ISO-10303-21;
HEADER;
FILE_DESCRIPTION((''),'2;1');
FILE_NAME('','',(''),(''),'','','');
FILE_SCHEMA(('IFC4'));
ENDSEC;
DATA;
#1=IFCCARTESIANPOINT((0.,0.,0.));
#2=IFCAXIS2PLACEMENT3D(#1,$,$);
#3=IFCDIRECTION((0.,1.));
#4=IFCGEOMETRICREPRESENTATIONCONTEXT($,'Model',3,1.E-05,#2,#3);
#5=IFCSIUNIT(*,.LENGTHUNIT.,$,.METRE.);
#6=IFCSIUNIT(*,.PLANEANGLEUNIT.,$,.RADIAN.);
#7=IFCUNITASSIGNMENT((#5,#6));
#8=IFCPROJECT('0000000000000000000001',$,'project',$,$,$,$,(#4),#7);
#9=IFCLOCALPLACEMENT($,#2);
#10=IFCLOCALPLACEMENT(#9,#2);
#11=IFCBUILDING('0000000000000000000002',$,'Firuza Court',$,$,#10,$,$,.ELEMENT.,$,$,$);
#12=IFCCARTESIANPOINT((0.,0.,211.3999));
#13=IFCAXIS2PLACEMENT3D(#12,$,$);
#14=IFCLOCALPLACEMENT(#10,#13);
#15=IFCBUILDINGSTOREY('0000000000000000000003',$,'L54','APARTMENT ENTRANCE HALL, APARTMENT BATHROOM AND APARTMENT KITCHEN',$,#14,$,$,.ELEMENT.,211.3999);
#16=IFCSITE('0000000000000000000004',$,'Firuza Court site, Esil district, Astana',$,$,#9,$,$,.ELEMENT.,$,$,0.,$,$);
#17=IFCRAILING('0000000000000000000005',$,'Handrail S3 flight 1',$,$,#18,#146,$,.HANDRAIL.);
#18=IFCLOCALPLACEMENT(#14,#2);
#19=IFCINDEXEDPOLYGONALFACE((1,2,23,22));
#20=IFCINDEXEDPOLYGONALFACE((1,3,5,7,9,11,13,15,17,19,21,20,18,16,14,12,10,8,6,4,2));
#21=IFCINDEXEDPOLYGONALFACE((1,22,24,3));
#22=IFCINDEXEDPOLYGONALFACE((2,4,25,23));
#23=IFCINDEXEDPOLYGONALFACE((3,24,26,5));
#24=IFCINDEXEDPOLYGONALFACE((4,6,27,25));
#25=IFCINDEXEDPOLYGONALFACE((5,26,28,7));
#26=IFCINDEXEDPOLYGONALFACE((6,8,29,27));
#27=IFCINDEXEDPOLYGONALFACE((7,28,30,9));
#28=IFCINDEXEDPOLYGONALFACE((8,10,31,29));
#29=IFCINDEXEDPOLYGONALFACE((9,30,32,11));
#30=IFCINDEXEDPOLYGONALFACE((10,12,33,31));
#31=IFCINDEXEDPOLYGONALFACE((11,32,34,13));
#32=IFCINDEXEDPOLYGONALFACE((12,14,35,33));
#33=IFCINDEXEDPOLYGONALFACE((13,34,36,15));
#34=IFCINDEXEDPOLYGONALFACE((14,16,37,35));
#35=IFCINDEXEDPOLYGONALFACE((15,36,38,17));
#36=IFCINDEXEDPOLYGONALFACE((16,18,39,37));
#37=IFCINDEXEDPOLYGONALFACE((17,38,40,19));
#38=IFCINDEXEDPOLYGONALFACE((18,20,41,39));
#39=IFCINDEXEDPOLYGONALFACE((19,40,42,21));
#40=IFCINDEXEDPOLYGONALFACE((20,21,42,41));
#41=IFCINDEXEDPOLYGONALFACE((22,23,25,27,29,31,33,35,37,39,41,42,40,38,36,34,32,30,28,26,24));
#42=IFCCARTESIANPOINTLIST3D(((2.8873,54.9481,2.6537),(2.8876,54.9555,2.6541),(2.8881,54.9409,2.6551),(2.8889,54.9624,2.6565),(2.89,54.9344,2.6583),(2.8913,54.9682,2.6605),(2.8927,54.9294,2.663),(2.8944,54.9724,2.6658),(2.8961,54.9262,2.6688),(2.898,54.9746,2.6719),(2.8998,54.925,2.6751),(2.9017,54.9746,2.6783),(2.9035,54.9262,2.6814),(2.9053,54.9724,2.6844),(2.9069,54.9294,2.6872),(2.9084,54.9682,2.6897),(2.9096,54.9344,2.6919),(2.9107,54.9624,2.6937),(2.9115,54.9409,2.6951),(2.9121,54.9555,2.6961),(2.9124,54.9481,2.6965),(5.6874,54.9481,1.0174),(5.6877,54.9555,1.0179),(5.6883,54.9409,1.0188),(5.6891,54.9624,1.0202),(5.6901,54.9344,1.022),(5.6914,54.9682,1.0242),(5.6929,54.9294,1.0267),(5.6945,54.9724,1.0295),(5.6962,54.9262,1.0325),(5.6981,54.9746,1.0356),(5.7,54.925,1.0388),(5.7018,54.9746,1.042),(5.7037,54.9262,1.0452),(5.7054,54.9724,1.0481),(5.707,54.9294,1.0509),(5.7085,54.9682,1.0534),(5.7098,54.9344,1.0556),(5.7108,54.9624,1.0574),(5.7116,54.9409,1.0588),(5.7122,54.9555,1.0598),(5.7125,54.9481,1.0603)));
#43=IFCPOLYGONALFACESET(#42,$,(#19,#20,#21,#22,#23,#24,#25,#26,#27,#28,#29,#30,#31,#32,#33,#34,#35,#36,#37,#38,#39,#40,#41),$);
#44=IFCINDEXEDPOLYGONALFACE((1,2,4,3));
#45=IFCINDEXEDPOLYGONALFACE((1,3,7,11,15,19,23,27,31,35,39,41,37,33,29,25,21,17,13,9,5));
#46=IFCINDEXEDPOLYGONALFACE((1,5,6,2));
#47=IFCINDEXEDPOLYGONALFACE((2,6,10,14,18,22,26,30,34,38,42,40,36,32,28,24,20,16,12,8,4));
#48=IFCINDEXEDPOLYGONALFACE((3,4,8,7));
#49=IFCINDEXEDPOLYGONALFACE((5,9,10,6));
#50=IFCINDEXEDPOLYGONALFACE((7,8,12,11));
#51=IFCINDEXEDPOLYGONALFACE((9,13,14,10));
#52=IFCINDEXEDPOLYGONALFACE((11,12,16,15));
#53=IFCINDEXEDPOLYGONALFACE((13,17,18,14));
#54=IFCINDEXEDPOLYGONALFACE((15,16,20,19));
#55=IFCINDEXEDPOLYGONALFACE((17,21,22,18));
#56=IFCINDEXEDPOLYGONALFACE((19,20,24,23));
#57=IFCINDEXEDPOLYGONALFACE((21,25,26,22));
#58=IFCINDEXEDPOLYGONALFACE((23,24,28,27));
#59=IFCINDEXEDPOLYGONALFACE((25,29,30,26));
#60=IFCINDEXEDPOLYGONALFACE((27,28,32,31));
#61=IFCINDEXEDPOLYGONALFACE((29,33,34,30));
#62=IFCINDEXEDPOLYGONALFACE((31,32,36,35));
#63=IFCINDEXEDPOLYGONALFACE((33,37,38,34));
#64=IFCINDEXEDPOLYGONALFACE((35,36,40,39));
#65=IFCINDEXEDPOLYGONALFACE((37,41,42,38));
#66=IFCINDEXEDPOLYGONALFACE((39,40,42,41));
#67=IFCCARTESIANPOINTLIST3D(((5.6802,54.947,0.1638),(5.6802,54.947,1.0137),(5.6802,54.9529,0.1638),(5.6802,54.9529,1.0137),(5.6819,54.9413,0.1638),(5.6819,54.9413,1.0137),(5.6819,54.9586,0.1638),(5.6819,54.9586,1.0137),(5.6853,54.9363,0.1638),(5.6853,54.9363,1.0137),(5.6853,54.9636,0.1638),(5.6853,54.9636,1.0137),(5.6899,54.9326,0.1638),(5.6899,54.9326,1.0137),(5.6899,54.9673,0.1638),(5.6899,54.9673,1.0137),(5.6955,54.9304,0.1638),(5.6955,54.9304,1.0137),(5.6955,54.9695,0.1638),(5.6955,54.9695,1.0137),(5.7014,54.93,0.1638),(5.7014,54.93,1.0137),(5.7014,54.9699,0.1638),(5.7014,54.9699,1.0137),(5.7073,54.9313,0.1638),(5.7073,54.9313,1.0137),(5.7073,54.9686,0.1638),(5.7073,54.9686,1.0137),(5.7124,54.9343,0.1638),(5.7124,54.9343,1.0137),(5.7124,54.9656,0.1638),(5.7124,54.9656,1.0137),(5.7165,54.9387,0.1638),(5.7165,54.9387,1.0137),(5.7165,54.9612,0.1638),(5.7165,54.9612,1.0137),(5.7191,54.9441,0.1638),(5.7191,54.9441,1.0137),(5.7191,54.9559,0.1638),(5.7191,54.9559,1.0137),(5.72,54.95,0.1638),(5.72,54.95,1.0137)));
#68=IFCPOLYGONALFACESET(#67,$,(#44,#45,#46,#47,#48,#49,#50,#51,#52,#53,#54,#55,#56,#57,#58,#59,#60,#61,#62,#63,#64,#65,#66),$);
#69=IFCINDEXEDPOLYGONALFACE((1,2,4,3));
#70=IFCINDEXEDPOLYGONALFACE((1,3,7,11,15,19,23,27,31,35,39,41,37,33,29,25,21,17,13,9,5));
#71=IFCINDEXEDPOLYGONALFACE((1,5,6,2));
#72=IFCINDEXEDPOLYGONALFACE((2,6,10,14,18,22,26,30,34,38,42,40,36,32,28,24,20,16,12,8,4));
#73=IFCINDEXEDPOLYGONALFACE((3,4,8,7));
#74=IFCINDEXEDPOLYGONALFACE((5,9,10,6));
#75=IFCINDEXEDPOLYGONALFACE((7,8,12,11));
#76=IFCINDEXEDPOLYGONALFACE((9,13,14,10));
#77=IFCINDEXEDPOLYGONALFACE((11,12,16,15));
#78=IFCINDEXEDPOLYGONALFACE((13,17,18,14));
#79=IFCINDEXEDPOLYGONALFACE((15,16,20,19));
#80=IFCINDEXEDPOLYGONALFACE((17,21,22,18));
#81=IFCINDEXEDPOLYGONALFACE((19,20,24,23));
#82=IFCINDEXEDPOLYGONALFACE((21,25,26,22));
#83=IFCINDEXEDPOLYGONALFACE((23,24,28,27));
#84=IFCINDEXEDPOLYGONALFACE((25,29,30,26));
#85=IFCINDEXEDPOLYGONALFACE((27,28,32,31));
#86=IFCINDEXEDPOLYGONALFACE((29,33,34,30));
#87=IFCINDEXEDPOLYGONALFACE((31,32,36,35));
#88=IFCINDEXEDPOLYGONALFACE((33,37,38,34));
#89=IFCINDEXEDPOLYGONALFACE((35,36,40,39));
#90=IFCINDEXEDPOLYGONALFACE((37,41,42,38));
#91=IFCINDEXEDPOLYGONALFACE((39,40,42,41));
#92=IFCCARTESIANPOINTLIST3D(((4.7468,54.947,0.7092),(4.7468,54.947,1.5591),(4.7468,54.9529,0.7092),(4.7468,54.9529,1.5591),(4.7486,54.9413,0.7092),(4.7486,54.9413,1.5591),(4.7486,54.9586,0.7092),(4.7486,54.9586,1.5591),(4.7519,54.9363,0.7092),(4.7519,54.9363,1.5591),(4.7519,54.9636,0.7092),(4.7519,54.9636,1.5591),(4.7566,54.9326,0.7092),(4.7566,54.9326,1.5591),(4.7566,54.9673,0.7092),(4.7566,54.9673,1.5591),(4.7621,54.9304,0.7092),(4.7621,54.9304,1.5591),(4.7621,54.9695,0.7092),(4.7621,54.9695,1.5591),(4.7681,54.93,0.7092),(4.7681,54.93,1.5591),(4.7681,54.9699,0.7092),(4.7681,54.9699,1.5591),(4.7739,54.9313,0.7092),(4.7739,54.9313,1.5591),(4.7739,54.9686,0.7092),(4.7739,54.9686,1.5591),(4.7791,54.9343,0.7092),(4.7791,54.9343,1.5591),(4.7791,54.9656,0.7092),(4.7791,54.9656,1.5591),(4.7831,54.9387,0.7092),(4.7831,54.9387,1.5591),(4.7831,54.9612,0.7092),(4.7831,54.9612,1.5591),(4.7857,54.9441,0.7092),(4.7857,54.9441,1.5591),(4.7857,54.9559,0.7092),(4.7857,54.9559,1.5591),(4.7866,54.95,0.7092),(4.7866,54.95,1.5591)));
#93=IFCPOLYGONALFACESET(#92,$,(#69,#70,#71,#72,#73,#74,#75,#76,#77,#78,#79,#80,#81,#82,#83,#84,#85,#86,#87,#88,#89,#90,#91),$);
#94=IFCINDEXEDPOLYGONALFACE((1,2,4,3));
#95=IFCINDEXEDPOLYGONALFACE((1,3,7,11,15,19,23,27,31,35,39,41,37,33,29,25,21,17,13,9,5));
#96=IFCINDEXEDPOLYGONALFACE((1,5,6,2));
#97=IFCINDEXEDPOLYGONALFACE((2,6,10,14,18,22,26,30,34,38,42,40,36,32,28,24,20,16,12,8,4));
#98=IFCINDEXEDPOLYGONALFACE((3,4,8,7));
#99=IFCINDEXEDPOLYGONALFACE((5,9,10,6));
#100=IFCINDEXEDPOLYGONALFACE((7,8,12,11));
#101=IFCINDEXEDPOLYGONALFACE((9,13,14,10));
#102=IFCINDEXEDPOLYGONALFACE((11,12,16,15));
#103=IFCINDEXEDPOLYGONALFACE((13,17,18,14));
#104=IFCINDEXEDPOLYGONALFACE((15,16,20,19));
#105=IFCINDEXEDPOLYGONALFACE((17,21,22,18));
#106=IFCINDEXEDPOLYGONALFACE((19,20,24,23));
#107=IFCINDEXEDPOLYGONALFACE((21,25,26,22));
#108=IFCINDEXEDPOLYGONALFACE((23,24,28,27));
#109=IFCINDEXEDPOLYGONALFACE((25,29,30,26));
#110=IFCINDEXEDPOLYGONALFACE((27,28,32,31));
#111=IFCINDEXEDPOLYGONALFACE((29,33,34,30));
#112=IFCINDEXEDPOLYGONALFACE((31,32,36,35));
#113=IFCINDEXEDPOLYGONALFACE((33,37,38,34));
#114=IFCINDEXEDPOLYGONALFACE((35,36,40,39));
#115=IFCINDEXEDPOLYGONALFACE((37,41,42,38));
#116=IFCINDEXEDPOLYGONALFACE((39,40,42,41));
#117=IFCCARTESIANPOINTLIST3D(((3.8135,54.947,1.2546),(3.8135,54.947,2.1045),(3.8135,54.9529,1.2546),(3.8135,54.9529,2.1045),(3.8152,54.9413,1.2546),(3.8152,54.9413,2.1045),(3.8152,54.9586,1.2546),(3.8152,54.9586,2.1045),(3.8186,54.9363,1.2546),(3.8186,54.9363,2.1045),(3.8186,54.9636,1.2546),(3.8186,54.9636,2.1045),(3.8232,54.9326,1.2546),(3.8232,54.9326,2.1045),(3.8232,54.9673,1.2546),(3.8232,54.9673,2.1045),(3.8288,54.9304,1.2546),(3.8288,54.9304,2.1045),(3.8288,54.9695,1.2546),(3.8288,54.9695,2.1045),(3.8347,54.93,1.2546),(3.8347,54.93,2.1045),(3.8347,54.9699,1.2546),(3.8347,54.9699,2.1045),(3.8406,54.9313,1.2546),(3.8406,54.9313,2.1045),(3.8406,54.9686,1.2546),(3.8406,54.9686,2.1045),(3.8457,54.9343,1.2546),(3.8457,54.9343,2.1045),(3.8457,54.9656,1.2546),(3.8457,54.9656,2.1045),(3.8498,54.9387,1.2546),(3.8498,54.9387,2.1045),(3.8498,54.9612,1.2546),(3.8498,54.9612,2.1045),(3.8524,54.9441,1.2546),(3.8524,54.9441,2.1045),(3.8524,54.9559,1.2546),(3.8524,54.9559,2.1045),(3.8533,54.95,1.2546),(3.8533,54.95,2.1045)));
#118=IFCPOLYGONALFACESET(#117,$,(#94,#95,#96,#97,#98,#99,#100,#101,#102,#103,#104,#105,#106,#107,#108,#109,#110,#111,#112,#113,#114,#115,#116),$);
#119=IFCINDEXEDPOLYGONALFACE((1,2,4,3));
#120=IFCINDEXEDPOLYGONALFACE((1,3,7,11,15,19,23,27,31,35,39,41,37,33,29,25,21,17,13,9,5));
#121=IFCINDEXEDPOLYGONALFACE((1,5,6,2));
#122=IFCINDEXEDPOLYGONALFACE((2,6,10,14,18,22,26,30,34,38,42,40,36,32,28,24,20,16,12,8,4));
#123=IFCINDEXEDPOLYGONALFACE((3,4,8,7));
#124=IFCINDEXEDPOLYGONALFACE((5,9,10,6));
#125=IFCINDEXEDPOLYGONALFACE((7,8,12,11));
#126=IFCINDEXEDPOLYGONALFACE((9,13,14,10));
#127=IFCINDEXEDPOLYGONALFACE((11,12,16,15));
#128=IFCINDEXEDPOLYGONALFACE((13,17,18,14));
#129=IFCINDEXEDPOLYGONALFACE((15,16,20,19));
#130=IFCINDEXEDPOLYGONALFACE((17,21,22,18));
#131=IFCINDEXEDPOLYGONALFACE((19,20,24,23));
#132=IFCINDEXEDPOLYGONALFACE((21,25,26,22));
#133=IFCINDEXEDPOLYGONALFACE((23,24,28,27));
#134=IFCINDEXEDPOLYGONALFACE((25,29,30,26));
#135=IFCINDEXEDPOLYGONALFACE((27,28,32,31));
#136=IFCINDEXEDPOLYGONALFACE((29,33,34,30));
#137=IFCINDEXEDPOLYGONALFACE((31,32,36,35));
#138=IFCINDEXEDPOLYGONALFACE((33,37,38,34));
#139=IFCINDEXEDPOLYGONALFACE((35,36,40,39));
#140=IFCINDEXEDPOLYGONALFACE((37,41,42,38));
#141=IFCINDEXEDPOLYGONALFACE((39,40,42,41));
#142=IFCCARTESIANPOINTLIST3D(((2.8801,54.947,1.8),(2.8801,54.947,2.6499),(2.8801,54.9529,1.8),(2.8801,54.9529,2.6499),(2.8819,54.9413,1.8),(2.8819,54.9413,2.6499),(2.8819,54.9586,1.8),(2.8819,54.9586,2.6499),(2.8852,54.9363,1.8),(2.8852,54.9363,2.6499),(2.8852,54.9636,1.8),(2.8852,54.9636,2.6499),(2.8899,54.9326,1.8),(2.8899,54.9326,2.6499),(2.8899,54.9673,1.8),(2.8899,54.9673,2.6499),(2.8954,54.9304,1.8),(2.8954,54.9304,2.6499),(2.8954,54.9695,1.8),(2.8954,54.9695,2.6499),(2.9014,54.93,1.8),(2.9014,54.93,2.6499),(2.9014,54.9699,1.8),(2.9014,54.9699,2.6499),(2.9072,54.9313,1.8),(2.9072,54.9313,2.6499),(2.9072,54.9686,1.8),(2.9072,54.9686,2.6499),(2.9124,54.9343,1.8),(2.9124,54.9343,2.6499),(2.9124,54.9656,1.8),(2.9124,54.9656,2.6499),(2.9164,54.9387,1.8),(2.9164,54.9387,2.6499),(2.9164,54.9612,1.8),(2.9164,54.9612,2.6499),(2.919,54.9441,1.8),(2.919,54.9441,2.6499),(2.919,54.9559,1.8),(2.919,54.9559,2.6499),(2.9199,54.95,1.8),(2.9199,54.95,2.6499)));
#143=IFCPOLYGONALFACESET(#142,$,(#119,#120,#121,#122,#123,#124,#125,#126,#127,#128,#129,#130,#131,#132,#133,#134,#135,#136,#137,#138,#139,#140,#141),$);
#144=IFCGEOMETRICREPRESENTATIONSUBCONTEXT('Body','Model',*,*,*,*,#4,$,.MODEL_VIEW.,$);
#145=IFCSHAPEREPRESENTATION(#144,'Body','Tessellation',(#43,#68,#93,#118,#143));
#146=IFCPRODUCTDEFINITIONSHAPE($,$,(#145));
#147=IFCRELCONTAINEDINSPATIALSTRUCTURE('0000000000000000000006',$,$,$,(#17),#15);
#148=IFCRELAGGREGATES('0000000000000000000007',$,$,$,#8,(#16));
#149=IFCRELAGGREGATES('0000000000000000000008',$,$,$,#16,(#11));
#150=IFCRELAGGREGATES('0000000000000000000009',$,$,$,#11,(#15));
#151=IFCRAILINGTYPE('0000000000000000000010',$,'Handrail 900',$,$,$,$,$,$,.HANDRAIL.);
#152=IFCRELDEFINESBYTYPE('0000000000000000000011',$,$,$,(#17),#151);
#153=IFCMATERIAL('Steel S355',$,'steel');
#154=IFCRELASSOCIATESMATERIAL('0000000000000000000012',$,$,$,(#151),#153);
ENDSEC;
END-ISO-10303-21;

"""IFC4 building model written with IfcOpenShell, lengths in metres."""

from ifc_helpers import new_model, si_unit, direction, frame, origin, origin_2d, place, context, subcontext, project, spatial, circle, extrude, material, type_object, element, save


model = new_model("IFC4")

# Units and contexts
model_context = context("Model", 3, precision=1e-05, world=origin(), true_north=direction((0.0, 1.0)))
body_context = subcontext(model_context, "Body", "Model", "MODEL_VIEW")
ifc_project = project(units=[si_unit("LENGTHUNIT", "METRE"), si_unit("PLANEANGLEUNIT", "RADIAN")], contexts=[model_context])

# Site, building, storey
site_placement = place(None, origin())
site = spatial("IfcSite", under=ifc_project, at=site_placement, Name="Firuza Court site, Esil district, Astana", CompositionType="ELEMENT", RefElevation=0.0)
building_placement = place(site_placement, origin())
building = spatial("IfcBuilding", under=site, at=building_placement, Name="Firuza Court", CompositionType="ELEMENT")
storey_placement = place(building_placement, frame((0.0, 0.0, 211.3999)))
storey = spatial("IfcBuildingStorey", under=building, at=storey_placement, Name="L54", Description="APARTMENT ENTRANCE HALL, APARTMENT BATHROOM AND APARTMENT KITCHEN", CompositionType="ELEMENT", Elevation=211.3999)

# Railing
ifc_material_1 = material(Name="Steel S355", Category="steel")
railing_type_1 = type_object("IfcRailingType", Name="Handrail 900", PredefinedType="HANDRAIL", material=ifc_material_1)
railing_1_placement = place(storey_placement, frame((5.7, 54.95, 0.1638)))
element("IfcRailing", 1, at=railing_1_placement, inside=storey, type_object=railing_type_1, Name="Handrail S3 flight 1", PredefinedType="HANDRAIL", context=body_context, shape_type="SweptSolid", body=[
    extrude(circle(Radius=0.0249, at=origin_2d()), frame((0.0, 0.0, 0.875), z_axis=(-0.863394, 0.0, 0.504531), x_axis=(0.0, -1.0, 0.0)), (0.0, 0.0, 1.0), 3.2432),
    extrude(circle(Radius=0.02, at=origin_2d()), origin(), (0.0, 0.0, 1.0), 0.8499),
    extrude(circle(Radius=0.02, at=origin_2d()), frame((-0.9333, 0.0, 0.5454)), (0.0, 0.0, 1.0), 0.8499),
    extrude(circle(Radius=0.02, at=origin_2d()), frame((-1.8667, 0.0, 1.0908)), (0.0, 0.0, 1.0), 0.8499),
    extrude(circle(Radius=0.02, at=origin_2d()), frame((-2.8, 0.0, 1.6362)), (0.0, 0.0, 1.0), 0.8499),
])

save(model, "model.ifc")
